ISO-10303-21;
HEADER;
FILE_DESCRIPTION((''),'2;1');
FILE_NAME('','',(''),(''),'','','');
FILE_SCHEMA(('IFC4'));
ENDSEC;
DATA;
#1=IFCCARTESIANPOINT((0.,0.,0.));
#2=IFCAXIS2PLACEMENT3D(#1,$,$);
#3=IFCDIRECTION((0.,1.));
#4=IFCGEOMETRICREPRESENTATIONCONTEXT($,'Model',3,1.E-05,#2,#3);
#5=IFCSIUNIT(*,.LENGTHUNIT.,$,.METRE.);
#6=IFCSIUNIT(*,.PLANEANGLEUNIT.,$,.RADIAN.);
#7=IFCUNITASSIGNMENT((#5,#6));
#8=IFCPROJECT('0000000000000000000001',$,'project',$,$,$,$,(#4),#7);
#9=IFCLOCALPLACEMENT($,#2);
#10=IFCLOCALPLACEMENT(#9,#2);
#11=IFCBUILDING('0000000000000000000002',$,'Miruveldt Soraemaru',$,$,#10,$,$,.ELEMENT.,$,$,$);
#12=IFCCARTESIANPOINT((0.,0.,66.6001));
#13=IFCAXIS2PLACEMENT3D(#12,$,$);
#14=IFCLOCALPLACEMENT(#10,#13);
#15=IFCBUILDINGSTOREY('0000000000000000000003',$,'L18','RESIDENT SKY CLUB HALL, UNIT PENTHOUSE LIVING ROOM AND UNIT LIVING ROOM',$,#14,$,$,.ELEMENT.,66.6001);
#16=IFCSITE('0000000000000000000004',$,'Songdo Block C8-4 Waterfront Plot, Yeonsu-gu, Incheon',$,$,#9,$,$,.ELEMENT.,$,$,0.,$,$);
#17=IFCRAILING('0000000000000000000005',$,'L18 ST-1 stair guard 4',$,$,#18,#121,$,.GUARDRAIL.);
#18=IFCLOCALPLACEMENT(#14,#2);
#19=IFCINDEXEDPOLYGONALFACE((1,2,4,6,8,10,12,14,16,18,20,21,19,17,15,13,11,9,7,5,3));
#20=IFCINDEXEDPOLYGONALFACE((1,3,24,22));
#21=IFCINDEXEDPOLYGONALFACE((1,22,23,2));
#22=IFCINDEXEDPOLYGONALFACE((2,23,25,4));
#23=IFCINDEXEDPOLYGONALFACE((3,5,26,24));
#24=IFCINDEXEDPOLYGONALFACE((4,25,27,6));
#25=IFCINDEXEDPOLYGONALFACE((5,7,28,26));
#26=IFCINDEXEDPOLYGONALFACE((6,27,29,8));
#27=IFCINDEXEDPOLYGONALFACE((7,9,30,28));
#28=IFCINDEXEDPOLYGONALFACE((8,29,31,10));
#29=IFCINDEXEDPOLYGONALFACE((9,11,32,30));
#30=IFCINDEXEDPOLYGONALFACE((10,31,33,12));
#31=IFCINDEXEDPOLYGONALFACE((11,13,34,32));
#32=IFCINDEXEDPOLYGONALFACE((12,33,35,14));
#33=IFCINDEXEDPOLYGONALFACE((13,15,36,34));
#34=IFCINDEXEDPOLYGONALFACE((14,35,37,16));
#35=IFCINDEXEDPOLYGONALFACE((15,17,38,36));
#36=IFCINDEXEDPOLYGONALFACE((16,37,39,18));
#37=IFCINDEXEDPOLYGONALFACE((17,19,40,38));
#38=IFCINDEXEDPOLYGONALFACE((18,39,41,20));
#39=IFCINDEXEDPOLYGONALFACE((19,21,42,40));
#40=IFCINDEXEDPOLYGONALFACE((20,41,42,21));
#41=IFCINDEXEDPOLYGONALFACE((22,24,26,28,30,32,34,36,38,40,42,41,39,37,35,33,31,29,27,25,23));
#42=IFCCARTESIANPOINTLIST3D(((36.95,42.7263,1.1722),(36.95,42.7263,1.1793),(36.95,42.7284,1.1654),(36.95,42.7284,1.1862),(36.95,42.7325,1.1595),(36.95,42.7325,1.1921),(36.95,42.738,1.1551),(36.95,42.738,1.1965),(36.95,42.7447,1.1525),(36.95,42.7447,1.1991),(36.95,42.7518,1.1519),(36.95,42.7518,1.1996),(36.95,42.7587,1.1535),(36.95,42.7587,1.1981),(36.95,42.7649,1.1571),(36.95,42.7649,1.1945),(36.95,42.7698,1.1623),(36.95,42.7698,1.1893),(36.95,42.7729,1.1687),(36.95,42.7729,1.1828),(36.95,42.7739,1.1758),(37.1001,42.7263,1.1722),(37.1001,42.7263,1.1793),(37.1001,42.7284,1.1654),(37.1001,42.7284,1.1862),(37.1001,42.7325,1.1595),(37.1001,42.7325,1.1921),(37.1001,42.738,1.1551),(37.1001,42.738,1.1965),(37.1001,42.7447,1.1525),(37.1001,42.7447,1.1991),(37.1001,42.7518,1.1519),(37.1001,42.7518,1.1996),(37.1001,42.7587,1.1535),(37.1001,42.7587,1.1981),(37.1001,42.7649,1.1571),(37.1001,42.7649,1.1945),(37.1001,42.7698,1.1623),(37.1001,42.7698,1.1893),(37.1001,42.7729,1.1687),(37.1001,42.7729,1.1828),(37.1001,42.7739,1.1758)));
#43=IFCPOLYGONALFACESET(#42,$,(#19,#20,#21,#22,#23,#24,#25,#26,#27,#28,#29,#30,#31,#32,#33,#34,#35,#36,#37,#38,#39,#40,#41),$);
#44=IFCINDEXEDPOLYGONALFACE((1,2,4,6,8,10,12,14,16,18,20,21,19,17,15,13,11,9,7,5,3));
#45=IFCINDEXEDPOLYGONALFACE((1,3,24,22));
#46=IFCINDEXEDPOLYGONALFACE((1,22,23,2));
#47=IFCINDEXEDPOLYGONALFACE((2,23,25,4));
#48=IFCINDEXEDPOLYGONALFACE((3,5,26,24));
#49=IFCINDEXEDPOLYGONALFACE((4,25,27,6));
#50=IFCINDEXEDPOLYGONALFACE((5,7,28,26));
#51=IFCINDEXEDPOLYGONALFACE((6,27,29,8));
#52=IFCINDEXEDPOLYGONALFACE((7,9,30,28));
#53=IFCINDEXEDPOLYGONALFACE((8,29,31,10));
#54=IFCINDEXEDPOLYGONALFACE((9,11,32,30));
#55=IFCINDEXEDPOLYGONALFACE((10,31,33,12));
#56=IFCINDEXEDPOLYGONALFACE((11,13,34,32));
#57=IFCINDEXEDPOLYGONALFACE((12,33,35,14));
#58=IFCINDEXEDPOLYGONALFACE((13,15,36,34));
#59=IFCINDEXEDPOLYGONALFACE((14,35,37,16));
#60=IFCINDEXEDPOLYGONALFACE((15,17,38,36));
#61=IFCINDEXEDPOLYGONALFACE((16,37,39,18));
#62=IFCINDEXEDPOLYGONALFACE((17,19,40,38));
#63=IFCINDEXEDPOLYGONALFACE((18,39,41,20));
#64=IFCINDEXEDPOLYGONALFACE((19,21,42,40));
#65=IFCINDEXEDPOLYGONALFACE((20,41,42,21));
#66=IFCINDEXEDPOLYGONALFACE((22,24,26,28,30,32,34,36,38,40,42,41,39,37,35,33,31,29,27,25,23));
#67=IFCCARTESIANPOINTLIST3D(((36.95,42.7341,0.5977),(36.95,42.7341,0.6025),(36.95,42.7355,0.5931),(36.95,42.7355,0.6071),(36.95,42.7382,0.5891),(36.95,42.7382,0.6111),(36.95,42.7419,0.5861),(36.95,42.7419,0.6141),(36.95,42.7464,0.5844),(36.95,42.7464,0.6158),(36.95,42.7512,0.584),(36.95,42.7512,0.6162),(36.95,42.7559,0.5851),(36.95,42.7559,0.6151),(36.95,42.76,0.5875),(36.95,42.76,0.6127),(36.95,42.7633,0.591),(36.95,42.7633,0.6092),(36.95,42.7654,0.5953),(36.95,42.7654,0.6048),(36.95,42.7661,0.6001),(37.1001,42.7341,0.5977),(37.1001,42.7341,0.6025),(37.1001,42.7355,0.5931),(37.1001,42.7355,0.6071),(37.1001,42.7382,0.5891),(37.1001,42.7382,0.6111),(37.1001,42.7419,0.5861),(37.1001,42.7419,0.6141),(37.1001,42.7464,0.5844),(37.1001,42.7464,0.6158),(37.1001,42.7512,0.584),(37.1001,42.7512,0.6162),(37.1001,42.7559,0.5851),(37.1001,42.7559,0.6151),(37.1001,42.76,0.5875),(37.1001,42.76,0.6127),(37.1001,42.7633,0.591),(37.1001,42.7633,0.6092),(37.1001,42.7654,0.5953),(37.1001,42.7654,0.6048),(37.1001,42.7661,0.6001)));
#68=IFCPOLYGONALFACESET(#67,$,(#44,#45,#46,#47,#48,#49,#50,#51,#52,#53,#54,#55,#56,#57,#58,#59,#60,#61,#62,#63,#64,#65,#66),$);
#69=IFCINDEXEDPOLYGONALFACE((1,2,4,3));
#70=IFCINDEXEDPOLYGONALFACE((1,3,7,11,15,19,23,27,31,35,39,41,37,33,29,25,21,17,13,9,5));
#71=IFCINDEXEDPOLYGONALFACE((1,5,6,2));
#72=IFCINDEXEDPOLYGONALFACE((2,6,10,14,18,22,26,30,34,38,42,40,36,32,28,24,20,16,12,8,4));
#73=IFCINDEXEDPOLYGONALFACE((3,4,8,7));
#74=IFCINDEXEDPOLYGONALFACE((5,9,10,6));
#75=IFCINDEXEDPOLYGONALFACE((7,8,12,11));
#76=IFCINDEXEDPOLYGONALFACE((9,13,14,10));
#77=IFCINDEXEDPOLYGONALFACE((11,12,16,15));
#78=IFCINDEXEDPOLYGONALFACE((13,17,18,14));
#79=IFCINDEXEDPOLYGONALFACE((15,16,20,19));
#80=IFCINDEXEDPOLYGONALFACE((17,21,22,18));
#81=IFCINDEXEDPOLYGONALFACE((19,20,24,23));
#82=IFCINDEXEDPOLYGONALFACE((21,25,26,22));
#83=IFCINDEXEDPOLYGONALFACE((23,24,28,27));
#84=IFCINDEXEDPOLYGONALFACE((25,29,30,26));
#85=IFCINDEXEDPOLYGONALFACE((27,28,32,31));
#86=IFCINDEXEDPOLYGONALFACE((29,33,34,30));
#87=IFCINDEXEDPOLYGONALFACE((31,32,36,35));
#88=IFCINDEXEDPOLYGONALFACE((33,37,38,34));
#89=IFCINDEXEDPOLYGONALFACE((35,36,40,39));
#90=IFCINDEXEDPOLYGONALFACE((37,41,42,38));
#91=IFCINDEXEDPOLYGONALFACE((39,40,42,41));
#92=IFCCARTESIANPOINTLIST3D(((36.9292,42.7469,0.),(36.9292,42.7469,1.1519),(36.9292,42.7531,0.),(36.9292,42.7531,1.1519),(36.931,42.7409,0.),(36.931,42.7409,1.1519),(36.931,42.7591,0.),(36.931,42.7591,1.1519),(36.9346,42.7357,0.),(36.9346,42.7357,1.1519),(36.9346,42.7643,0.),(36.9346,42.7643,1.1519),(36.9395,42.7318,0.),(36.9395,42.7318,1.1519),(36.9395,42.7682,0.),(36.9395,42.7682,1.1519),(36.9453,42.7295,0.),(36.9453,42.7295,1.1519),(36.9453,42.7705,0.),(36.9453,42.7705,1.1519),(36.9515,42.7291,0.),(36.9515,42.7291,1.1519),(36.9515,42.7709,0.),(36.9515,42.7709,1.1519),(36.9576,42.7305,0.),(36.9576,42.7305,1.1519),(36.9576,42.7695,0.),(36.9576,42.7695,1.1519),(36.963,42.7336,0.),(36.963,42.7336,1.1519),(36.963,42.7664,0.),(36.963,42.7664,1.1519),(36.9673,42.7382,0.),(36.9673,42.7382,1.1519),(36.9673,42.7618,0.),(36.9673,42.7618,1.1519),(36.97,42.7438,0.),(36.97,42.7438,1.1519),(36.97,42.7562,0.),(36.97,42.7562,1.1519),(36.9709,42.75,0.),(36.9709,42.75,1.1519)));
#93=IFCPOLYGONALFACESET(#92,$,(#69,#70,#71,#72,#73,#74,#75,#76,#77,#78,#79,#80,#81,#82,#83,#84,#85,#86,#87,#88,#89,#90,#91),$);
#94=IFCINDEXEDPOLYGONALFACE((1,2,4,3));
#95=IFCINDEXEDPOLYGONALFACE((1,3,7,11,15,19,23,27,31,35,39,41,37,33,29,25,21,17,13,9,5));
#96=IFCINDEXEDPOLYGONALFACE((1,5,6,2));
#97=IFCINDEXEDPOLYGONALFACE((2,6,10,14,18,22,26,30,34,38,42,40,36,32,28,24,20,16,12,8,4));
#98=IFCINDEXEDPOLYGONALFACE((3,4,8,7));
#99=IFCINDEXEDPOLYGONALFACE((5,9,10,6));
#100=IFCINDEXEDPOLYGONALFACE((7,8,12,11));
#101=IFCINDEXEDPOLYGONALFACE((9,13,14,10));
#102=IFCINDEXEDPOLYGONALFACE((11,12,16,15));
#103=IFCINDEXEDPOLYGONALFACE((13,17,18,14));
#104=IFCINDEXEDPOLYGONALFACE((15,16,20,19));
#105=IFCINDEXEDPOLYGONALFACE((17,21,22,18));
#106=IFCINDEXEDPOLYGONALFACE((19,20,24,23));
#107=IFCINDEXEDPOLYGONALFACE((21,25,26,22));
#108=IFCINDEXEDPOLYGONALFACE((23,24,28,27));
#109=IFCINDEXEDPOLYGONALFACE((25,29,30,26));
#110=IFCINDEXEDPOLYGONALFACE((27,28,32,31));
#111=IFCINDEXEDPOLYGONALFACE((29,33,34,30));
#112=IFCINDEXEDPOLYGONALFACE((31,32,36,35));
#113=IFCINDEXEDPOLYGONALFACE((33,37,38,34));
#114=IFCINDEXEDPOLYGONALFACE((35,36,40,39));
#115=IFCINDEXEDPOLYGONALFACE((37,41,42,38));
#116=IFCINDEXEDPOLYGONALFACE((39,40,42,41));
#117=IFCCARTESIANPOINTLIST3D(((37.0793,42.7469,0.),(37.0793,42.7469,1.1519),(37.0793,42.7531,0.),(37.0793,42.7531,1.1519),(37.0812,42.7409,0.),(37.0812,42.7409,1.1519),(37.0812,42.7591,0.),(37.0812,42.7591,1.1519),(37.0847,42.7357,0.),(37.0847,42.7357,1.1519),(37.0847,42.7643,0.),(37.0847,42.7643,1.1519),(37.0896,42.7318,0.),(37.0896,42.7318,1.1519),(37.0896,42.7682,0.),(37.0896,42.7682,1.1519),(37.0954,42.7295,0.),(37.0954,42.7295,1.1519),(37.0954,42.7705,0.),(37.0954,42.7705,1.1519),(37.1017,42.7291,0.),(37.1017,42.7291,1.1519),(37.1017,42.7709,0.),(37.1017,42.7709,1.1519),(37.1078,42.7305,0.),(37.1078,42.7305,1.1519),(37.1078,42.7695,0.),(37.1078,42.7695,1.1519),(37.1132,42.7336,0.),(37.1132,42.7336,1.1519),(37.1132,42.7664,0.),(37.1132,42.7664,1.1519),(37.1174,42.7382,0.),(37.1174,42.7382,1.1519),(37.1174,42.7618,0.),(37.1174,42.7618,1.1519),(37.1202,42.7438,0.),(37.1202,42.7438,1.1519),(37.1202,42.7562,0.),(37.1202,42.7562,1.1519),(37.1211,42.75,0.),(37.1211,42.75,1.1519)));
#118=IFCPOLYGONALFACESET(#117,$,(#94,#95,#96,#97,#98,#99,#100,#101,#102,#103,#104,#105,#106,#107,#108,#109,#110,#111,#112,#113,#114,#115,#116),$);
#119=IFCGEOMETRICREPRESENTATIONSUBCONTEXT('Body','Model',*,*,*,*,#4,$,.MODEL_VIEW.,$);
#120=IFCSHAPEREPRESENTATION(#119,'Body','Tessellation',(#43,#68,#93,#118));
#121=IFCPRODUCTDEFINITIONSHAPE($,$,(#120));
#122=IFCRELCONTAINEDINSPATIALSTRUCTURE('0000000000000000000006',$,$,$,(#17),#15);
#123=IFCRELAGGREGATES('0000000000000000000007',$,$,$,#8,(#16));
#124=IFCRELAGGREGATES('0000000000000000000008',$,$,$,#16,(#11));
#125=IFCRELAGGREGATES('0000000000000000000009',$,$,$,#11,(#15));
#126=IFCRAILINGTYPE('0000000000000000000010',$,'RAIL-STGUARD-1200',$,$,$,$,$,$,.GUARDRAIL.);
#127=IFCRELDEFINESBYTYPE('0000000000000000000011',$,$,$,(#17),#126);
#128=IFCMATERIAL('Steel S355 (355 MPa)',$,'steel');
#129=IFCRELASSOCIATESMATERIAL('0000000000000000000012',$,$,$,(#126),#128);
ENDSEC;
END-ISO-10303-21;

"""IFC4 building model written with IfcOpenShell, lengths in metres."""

from ifc_helpers import new_model, si_unit, direction, frame, origin, origin_2d, place, context, subcontext, project, spatial, circle, extrude, material, type_object, element, save


model = new_model("IFC4")

# Units and contexts
model_context = context("Model", 3, precision=1e-05, world=origin(), true_north=direction((0.0, 1.0)))
body_context = subcontext(model_context, "Body", "Model", "MODEL_VIEW")
ifc_project = project(units=[si_unit("LENGTHUNIT", "METRE"), si_unit("PLANEANGLEUNIT", "RADIAN")], contexts=[model_context])

# Site, building, storey
site_placement = place(None, origin())
site = spatial("IfcSite", under=ifc_project, at=site_placement, Name="Songdo Block C8-4 Waterfront Plot, Yeonsu-gu, Incheon", CompositionType="ELEMENT", RefElevation=0.0)
building_placement = place(site_placement, origin())
building = spatial("IfcBuilding", under=site, at=building_placement, Name="Miruveldt Soraemaru", CompositionType="ELEMENT")
storey_placement = place(building_placement, frame((0.0, 0.0, 66.6001)))
storey = spatial("IfcBuildingStorey", under=building, at=storey_placement, Name="L18", Description="RESIDENT SKY CLUB HALL, UNIT PENTHOUSE LIVING ROOM AND UNIT LIVING ROOM", CompositionType="ELEMENT", Elevation=66.6001)

# Railing
ifc_material_1 = material(Name="Steel S355 (355 MPa)", Category="steel")
railing_type_1 = type_object("IfcRailingType", Name="RAIL-STGUARD-1200", PredefinedType="GUARDRAIL", material=ifc_material_1)
railing_1_placement = place(storey_placement, frame((36.95, 42.75, 0.0)))
element("IfcRailing", 1, at=railing_1_placement, inside=storey, type_object=railing_type_1, Name="L18 ST-1 stair guard 4", PredefinedType="GUARDRAIL", context=body_context, shape_type="SweptSolid", body=[
    extrude(circle(Radius=0.0239, at=origin_2d()), frame((0.0, 0.0, 1.1758), z_axis=(1.0, 0.0, 0.0), x_axis=(0.0, 1.0, 0.0)), (0.0, 0.0, 1.0), 0.1501),
    extrude(circle(Radius=0.0161, at=origin_2d()), frame((0.0, 0.0, 0.6001), z_axis=(1.0, 0.0, 0.0), x_axis=(0.0, 1.0, 0.0)), (0.0, 0.0, 1.0), 0.1501),
    extrude(circle(Radius=0.021, at=origin_2d()), origin(), (0.0, 0.0, 1.0), 1.1519),
    extrude(circle(Radius=0.021, at=origin_2d()), frame((0.1501, 0.0, 0.0)), (0.0, 0.0, 1.0), 1.1519),
])

save(model, "model.ifc")
